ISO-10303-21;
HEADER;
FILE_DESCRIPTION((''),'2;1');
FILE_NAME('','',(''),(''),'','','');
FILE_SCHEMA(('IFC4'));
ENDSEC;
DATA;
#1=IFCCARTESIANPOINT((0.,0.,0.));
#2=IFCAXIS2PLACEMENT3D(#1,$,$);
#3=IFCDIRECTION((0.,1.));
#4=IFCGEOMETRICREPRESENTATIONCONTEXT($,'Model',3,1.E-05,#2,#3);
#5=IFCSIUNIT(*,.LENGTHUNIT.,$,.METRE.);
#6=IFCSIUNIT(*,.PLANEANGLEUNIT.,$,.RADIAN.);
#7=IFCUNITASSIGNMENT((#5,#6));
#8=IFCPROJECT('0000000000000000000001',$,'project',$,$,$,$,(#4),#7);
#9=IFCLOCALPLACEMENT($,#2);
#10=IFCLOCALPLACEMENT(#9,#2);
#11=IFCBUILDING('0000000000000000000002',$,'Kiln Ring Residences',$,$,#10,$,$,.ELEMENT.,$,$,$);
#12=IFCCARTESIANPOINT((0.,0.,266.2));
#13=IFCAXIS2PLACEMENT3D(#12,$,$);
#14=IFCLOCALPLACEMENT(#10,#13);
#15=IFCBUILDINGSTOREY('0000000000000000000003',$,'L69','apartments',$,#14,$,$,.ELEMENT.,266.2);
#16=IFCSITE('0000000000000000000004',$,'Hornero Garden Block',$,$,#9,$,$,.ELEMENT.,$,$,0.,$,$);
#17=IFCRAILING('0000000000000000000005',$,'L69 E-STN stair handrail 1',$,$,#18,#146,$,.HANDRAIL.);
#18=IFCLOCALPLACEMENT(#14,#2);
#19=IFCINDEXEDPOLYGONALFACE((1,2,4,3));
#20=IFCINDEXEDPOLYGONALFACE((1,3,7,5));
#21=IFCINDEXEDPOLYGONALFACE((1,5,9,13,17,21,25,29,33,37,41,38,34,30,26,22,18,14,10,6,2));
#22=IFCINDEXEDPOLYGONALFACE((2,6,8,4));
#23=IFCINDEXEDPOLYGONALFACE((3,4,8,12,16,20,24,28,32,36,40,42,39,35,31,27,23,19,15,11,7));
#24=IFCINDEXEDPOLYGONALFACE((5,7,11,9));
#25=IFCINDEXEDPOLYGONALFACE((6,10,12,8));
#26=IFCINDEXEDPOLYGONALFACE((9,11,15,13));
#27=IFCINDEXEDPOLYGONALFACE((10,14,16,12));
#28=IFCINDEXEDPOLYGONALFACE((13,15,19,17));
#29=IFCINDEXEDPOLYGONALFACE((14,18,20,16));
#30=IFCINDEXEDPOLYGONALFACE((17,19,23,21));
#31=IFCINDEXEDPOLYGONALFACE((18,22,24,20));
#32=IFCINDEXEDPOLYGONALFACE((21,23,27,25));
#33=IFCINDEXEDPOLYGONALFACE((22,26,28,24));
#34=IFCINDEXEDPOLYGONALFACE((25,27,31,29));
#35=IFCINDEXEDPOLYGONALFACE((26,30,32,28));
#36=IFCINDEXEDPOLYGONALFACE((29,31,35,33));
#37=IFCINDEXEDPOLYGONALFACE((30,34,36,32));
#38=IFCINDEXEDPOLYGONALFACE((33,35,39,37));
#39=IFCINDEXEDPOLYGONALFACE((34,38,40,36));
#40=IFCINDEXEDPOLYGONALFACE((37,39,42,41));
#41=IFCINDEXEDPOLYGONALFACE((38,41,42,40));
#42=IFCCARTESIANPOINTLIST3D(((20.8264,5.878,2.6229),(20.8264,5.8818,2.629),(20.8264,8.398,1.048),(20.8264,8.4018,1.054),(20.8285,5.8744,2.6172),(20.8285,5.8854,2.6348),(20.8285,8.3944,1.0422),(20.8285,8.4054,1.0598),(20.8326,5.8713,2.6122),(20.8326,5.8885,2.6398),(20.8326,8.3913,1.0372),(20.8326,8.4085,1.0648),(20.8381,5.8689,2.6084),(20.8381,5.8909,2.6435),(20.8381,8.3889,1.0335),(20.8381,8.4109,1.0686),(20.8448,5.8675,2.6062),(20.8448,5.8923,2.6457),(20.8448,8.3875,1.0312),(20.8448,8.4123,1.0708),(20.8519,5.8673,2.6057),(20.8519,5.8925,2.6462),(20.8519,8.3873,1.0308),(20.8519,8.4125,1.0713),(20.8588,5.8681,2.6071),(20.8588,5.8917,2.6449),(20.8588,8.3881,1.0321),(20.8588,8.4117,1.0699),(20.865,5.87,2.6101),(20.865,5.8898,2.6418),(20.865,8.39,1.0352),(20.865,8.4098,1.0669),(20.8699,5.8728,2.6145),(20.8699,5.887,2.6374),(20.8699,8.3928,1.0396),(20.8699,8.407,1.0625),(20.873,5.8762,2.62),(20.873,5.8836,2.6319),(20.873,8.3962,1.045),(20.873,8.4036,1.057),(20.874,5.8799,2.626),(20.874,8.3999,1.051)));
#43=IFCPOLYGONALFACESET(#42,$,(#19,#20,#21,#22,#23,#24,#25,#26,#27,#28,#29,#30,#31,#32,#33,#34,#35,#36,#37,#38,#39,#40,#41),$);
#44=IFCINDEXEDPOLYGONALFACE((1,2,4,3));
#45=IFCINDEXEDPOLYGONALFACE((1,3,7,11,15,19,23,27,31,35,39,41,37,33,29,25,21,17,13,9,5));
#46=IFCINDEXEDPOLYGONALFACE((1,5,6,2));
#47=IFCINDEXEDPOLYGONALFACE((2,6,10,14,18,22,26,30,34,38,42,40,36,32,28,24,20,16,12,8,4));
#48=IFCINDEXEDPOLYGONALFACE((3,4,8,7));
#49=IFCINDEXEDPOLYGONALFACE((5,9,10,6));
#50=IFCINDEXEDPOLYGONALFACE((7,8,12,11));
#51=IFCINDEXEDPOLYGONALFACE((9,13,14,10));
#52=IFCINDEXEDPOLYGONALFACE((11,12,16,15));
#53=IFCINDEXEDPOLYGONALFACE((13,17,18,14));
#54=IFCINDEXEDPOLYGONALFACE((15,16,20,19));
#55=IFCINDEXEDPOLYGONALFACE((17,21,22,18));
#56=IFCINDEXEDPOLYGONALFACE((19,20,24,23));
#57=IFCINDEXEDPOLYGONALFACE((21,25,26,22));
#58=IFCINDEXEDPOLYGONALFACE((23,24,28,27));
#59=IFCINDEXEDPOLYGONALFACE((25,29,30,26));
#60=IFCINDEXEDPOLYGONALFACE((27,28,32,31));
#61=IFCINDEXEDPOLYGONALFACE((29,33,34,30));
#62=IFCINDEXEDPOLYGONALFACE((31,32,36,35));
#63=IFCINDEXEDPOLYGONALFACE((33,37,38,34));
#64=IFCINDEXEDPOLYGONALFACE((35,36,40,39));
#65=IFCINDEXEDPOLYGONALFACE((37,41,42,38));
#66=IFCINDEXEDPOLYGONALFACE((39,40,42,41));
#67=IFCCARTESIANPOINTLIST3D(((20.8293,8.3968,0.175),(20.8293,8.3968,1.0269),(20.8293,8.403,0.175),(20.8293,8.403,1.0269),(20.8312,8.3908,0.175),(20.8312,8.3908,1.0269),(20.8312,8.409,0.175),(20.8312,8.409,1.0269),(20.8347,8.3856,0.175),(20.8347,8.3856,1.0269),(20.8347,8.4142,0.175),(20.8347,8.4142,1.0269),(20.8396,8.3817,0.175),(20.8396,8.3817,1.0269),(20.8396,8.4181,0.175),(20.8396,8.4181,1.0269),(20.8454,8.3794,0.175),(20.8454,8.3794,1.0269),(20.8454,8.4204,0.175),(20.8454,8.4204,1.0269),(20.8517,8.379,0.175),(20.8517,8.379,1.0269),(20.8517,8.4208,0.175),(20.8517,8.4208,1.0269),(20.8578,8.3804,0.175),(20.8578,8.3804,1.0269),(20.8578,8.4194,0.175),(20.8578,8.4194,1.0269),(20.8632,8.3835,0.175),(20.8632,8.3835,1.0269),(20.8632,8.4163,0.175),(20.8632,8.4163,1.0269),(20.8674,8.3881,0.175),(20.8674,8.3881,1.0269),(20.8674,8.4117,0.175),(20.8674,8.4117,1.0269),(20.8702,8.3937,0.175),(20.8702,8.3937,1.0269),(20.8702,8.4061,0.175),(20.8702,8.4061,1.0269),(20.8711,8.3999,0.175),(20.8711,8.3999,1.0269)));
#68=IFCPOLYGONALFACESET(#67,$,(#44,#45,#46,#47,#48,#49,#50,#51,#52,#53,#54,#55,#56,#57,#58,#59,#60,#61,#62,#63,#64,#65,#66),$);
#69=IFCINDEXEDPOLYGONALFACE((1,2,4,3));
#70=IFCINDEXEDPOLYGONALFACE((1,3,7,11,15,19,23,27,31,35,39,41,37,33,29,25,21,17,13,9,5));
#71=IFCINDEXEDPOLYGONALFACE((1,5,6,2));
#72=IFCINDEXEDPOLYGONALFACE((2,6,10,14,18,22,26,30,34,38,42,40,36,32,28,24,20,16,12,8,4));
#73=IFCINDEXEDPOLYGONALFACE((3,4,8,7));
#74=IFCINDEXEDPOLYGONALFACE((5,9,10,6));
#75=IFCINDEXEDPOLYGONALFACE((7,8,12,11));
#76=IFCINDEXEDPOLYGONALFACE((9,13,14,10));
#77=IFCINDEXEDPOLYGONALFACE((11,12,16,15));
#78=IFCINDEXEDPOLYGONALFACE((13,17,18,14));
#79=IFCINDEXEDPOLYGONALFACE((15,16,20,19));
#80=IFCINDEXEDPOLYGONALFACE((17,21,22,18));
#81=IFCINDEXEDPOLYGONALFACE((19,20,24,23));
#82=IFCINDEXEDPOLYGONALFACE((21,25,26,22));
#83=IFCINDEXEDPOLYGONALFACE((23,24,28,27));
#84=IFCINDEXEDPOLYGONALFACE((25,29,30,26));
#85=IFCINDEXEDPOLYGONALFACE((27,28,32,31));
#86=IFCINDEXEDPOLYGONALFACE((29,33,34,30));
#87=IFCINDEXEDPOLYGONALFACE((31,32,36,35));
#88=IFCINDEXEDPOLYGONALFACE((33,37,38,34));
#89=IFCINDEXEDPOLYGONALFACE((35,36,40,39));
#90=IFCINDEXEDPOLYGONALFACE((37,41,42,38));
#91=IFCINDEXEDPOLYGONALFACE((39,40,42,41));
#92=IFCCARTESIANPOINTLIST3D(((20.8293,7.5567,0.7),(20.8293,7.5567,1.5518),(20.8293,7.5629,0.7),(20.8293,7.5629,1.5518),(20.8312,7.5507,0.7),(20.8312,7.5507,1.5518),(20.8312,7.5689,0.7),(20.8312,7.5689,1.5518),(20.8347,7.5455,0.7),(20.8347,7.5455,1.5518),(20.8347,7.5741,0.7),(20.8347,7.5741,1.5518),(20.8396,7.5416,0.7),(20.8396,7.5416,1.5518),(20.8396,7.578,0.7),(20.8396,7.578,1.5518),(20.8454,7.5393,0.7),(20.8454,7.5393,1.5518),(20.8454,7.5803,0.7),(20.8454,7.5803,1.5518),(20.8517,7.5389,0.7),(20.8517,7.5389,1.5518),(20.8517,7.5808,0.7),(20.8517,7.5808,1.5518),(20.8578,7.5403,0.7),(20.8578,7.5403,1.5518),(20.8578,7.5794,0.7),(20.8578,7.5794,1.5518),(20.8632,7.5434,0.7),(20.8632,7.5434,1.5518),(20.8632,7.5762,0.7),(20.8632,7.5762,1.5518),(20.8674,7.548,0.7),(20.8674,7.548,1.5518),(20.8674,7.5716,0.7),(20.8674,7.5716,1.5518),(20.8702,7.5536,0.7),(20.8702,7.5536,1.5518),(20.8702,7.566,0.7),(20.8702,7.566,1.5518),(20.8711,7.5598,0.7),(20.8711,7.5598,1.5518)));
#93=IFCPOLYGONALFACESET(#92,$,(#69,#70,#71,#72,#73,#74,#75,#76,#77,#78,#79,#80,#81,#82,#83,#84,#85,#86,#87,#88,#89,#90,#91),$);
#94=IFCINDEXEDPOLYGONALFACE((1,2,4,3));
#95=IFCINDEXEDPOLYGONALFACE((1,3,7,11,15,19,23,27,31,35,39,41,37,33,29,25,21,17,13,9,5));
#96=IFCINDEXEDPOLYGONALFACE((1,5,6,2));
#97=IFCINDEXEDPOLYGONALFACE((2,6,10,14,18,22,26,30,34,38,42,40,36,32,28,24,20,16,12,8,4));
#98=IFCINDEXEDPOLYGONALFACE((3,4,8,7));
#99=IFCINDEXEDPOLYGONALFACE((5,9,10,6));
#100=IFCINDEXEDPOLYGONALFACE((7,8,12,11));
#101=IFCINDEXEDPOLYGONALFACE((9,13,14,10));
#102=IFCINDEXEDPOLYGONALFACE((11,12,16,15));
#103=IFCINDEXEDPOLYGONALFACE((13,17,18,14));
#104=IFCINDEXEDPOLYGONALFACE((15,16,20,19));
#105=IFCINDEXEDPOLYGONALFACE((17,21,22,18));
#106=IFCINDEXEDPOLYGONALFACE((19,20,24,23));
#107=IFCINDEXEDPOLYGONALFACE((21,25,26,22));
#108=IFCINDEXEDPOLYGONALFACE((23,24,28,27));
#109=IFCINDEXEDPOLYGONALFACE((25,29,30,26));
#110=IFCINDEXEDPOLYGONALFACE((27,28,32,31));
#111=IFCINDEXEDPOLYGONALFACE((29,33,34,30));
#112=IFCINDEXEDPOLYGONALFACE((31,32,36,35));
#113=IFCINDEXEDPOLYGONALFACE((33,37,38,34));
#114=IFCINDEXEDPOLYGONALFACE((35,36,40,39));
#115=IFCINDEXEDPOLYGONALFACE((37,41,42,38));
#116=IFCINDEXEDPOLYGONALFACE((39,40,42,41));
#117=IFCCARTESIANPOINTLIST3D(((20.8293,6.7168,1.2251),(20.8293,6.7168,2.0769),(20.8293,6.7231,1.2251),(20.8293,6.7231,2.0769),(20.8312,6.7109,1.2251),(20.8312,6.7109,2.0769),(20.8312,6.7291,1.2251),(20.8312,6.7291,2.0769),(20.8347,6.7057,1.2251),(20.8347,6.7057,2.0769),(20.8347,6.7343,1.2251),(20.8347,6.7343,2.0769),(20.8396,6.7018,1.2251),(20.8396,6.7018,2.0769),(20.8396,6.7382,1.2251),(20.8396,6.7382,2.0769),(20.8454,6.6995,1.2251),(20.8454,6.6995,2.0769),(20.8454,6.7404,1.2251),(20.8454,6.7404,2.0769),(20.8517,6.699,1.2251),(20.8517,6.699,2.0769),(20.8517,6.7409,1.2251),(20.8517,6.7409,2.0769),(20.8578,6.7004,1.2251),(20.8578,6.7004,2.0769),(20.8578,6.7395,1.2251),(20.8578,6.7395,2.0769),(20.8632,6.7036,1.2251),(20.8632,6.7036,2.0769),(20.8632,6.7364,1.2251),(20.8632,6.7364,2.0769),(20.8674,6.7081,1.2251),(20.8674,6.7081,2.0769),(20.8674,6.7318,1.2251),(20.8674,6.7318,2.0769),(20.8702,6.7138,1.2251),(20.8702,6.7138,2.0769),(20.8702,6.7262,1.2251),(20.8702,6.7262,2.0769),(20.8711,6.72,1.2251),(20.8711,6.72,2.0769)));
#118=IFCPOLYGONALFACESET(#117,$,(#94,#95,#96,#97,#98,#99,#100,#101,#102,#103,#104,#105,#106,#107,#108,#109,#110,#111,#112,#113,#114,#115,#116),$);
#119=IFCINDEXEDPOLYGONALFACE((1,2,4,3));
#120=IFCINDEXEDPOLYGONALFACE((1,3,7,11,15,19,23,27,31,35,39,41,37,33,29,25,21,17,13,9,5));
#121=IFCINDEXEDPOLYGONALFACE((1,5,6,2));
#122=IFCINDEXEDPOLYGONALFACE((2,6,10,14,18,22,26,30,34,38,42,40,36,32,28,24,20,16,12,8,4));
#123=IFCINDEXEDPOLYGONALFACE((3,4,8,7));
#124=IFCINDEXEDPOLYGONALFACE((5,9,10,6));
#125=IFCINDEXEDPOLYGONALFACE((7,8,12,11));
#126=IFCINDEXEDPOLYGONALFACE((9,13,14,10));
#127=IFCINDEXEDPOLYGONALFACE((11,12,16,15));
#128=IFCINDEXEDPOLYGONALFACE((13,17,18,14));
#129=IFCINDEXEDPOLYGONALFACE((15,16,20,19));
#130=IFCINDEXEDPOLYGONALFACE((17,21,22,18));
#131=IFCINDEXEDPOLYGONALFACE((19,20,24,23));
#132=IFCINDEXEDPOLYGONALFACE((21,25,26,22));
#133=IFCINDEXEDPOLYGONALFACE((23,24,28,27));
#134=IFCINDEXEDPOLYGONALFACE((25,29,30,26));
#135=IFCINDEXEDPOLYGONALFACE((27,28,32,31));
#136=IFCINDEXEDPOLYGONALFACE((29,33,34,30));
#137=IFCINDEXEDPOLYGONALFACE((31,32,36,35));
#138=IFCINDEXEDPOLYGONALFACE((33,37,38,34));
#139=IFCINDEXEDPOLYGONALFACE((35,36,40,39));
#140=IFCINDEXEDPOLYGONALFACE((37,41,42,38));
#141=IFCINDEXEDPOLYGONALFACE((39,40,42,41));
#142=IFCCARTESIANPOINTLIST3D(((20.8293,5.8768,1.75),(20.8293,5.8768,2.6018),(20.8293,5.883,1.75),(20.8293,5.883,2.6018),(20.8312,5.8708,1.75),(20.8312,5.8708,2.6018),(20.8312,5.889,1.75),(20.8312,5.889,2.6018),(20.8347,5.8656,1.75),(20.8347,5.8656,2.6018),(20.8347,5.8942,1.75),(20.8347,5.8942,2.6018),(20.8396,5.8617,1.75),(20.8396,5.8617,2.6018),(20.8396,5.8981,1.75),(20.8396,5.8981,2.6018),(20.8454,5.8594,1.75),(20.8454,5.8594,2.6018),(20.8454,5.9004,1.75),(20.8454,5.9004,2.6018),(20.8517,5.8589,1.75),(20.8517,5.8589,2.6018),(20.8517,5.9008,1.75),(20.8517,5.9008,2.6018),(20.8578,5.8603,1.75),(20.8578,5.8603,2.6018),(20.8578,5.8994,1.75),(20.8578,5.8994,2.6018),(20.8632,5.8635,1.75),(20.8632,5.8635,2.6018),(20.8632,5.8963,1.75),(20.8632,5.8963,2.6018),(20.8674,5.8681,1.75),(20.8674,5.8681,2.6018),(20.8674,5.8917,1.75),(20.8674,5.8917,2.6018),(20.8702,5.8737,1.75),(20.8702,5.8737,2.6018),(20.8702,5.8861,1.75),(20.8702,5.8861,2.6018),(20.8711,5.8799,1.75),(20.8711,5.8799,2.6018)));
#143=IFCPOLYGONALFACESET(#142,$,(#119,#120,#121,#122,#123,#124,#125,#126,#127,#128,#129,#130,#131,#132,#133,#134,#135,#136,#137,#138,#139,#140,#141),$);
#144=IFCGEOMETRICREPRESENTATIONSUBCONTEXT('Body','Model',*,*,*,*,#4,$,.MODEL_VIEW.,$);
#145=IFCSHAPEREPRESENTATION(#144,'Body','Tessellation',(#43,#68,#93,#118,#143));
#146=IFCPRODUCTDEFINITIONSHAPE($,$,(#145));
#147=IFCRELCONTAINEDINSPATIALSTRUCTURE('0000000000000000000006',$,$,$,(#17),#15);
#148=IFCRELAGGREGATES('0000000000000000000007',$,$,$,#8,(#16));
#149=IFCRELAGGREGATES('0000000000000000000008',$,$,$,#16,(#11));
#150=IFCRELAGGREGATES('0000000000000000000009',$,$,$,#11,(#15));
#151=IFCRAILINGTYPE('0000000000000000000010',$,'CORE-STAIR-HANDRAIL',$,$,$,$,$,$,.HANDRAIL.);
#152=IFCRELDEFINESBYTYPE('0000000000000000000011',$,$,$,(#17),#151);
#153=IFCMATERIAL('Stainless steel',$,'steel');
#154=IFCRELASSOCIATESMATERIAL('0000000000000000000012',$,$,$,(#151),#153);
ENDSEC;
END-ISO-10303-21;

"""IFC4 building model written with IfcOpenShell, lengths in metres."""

from ifc_helpers import new_model, si_unit, direction, frame, origin, origin_2d, place, context, subcontext, project, spatial, circle, extrude, material, type_object, element, save


model = new_model("IFC4")

# Units and contexts
model_context = context("Model", 3, precision=1e-05, world=origin(), true_north=direction((0.0, 1.0)))
body_context = subcontext(model_context, "Body", "Model", "MODEL_VIEW")
ifc_project = project(units=[si_unit("LENGTHUNIT", "METRE"), si_unit("PLANEANGLEUNIT", "RADIAN")], contexts=[model_context])

# Site, building, storey
site_placement = place(None, origin())
site = spatial("IfcSite", under=ifc_project, at=site_placement, Name="Hornero Garden Block", CompositionType="ELEMENT", RefElevation=0.0)
building_placement = place(site_placement, origin())
building = spatial("IfcBuilding", under=site, at=building_placement, Name="Kiln Ring Residences", CompositionType="ELEMENT")
storey_placement = place(building_placement, frame((0.0, 0.0, 266.2)))
storey = spatial("IfcBuildingStorey", under=building, at=storey_placement, Name="L69", Description="apartments", CompositionType="ELEMENT", Elevation=266.2)

# Railing
ifc_material_1 = material(Name="Stainless steel", Category="steel")
railing_type_1 = type_object("IfcRailingType", Name="CORE-STAIR-HANDRAIL", PredefinedType="HANDRAIL", material=ifc_material_1)
railing_1_placement = place(storey_placement, frame((20.8501, 8.3999, 0.175)))
element("IfcRailing", 1, at=railing_1_placement, inside=storey, type_object=railing_type_1, Name="L69 E-STN stair handrail 1", PredefinedType="HANDRAIL", context=body_context, shape_type="SweptSolid", body=[
    extrude(circle(Radius=0.0239, at=origin_2d()), frame((0.0, 0.0, 0.876), z_axis=(0.0, -0.848008, 0.529984), x_axis=(1.0, 0.0, 0.0)), (0.0, 0.0, 1.0), 2.9717),
    extrude(circle(Radius=0.021, at=origin_2d()), origin(), (0.0, 0.0, 1.0), 0.8518),
    extrude(circle(Radius=0.021, at=origin_2d()), frame((0.0, -0.8401, 0.5249)), (0.0, 0.0, 1.0), 0.8518),
    extrude(circle(Radius=0.021, at=origin_2d()), frame((0.0, -1.6799, 1.05)), (0.0, 0.0, 1.0), 0.8518),
    extrude(circle(Radius=0.021, at=origin_2d()), frame((0.0, -2.52, 1.575)), (0.0, 0.0, 1.0), 0.8518),
])

save(model, "model.ifc")
